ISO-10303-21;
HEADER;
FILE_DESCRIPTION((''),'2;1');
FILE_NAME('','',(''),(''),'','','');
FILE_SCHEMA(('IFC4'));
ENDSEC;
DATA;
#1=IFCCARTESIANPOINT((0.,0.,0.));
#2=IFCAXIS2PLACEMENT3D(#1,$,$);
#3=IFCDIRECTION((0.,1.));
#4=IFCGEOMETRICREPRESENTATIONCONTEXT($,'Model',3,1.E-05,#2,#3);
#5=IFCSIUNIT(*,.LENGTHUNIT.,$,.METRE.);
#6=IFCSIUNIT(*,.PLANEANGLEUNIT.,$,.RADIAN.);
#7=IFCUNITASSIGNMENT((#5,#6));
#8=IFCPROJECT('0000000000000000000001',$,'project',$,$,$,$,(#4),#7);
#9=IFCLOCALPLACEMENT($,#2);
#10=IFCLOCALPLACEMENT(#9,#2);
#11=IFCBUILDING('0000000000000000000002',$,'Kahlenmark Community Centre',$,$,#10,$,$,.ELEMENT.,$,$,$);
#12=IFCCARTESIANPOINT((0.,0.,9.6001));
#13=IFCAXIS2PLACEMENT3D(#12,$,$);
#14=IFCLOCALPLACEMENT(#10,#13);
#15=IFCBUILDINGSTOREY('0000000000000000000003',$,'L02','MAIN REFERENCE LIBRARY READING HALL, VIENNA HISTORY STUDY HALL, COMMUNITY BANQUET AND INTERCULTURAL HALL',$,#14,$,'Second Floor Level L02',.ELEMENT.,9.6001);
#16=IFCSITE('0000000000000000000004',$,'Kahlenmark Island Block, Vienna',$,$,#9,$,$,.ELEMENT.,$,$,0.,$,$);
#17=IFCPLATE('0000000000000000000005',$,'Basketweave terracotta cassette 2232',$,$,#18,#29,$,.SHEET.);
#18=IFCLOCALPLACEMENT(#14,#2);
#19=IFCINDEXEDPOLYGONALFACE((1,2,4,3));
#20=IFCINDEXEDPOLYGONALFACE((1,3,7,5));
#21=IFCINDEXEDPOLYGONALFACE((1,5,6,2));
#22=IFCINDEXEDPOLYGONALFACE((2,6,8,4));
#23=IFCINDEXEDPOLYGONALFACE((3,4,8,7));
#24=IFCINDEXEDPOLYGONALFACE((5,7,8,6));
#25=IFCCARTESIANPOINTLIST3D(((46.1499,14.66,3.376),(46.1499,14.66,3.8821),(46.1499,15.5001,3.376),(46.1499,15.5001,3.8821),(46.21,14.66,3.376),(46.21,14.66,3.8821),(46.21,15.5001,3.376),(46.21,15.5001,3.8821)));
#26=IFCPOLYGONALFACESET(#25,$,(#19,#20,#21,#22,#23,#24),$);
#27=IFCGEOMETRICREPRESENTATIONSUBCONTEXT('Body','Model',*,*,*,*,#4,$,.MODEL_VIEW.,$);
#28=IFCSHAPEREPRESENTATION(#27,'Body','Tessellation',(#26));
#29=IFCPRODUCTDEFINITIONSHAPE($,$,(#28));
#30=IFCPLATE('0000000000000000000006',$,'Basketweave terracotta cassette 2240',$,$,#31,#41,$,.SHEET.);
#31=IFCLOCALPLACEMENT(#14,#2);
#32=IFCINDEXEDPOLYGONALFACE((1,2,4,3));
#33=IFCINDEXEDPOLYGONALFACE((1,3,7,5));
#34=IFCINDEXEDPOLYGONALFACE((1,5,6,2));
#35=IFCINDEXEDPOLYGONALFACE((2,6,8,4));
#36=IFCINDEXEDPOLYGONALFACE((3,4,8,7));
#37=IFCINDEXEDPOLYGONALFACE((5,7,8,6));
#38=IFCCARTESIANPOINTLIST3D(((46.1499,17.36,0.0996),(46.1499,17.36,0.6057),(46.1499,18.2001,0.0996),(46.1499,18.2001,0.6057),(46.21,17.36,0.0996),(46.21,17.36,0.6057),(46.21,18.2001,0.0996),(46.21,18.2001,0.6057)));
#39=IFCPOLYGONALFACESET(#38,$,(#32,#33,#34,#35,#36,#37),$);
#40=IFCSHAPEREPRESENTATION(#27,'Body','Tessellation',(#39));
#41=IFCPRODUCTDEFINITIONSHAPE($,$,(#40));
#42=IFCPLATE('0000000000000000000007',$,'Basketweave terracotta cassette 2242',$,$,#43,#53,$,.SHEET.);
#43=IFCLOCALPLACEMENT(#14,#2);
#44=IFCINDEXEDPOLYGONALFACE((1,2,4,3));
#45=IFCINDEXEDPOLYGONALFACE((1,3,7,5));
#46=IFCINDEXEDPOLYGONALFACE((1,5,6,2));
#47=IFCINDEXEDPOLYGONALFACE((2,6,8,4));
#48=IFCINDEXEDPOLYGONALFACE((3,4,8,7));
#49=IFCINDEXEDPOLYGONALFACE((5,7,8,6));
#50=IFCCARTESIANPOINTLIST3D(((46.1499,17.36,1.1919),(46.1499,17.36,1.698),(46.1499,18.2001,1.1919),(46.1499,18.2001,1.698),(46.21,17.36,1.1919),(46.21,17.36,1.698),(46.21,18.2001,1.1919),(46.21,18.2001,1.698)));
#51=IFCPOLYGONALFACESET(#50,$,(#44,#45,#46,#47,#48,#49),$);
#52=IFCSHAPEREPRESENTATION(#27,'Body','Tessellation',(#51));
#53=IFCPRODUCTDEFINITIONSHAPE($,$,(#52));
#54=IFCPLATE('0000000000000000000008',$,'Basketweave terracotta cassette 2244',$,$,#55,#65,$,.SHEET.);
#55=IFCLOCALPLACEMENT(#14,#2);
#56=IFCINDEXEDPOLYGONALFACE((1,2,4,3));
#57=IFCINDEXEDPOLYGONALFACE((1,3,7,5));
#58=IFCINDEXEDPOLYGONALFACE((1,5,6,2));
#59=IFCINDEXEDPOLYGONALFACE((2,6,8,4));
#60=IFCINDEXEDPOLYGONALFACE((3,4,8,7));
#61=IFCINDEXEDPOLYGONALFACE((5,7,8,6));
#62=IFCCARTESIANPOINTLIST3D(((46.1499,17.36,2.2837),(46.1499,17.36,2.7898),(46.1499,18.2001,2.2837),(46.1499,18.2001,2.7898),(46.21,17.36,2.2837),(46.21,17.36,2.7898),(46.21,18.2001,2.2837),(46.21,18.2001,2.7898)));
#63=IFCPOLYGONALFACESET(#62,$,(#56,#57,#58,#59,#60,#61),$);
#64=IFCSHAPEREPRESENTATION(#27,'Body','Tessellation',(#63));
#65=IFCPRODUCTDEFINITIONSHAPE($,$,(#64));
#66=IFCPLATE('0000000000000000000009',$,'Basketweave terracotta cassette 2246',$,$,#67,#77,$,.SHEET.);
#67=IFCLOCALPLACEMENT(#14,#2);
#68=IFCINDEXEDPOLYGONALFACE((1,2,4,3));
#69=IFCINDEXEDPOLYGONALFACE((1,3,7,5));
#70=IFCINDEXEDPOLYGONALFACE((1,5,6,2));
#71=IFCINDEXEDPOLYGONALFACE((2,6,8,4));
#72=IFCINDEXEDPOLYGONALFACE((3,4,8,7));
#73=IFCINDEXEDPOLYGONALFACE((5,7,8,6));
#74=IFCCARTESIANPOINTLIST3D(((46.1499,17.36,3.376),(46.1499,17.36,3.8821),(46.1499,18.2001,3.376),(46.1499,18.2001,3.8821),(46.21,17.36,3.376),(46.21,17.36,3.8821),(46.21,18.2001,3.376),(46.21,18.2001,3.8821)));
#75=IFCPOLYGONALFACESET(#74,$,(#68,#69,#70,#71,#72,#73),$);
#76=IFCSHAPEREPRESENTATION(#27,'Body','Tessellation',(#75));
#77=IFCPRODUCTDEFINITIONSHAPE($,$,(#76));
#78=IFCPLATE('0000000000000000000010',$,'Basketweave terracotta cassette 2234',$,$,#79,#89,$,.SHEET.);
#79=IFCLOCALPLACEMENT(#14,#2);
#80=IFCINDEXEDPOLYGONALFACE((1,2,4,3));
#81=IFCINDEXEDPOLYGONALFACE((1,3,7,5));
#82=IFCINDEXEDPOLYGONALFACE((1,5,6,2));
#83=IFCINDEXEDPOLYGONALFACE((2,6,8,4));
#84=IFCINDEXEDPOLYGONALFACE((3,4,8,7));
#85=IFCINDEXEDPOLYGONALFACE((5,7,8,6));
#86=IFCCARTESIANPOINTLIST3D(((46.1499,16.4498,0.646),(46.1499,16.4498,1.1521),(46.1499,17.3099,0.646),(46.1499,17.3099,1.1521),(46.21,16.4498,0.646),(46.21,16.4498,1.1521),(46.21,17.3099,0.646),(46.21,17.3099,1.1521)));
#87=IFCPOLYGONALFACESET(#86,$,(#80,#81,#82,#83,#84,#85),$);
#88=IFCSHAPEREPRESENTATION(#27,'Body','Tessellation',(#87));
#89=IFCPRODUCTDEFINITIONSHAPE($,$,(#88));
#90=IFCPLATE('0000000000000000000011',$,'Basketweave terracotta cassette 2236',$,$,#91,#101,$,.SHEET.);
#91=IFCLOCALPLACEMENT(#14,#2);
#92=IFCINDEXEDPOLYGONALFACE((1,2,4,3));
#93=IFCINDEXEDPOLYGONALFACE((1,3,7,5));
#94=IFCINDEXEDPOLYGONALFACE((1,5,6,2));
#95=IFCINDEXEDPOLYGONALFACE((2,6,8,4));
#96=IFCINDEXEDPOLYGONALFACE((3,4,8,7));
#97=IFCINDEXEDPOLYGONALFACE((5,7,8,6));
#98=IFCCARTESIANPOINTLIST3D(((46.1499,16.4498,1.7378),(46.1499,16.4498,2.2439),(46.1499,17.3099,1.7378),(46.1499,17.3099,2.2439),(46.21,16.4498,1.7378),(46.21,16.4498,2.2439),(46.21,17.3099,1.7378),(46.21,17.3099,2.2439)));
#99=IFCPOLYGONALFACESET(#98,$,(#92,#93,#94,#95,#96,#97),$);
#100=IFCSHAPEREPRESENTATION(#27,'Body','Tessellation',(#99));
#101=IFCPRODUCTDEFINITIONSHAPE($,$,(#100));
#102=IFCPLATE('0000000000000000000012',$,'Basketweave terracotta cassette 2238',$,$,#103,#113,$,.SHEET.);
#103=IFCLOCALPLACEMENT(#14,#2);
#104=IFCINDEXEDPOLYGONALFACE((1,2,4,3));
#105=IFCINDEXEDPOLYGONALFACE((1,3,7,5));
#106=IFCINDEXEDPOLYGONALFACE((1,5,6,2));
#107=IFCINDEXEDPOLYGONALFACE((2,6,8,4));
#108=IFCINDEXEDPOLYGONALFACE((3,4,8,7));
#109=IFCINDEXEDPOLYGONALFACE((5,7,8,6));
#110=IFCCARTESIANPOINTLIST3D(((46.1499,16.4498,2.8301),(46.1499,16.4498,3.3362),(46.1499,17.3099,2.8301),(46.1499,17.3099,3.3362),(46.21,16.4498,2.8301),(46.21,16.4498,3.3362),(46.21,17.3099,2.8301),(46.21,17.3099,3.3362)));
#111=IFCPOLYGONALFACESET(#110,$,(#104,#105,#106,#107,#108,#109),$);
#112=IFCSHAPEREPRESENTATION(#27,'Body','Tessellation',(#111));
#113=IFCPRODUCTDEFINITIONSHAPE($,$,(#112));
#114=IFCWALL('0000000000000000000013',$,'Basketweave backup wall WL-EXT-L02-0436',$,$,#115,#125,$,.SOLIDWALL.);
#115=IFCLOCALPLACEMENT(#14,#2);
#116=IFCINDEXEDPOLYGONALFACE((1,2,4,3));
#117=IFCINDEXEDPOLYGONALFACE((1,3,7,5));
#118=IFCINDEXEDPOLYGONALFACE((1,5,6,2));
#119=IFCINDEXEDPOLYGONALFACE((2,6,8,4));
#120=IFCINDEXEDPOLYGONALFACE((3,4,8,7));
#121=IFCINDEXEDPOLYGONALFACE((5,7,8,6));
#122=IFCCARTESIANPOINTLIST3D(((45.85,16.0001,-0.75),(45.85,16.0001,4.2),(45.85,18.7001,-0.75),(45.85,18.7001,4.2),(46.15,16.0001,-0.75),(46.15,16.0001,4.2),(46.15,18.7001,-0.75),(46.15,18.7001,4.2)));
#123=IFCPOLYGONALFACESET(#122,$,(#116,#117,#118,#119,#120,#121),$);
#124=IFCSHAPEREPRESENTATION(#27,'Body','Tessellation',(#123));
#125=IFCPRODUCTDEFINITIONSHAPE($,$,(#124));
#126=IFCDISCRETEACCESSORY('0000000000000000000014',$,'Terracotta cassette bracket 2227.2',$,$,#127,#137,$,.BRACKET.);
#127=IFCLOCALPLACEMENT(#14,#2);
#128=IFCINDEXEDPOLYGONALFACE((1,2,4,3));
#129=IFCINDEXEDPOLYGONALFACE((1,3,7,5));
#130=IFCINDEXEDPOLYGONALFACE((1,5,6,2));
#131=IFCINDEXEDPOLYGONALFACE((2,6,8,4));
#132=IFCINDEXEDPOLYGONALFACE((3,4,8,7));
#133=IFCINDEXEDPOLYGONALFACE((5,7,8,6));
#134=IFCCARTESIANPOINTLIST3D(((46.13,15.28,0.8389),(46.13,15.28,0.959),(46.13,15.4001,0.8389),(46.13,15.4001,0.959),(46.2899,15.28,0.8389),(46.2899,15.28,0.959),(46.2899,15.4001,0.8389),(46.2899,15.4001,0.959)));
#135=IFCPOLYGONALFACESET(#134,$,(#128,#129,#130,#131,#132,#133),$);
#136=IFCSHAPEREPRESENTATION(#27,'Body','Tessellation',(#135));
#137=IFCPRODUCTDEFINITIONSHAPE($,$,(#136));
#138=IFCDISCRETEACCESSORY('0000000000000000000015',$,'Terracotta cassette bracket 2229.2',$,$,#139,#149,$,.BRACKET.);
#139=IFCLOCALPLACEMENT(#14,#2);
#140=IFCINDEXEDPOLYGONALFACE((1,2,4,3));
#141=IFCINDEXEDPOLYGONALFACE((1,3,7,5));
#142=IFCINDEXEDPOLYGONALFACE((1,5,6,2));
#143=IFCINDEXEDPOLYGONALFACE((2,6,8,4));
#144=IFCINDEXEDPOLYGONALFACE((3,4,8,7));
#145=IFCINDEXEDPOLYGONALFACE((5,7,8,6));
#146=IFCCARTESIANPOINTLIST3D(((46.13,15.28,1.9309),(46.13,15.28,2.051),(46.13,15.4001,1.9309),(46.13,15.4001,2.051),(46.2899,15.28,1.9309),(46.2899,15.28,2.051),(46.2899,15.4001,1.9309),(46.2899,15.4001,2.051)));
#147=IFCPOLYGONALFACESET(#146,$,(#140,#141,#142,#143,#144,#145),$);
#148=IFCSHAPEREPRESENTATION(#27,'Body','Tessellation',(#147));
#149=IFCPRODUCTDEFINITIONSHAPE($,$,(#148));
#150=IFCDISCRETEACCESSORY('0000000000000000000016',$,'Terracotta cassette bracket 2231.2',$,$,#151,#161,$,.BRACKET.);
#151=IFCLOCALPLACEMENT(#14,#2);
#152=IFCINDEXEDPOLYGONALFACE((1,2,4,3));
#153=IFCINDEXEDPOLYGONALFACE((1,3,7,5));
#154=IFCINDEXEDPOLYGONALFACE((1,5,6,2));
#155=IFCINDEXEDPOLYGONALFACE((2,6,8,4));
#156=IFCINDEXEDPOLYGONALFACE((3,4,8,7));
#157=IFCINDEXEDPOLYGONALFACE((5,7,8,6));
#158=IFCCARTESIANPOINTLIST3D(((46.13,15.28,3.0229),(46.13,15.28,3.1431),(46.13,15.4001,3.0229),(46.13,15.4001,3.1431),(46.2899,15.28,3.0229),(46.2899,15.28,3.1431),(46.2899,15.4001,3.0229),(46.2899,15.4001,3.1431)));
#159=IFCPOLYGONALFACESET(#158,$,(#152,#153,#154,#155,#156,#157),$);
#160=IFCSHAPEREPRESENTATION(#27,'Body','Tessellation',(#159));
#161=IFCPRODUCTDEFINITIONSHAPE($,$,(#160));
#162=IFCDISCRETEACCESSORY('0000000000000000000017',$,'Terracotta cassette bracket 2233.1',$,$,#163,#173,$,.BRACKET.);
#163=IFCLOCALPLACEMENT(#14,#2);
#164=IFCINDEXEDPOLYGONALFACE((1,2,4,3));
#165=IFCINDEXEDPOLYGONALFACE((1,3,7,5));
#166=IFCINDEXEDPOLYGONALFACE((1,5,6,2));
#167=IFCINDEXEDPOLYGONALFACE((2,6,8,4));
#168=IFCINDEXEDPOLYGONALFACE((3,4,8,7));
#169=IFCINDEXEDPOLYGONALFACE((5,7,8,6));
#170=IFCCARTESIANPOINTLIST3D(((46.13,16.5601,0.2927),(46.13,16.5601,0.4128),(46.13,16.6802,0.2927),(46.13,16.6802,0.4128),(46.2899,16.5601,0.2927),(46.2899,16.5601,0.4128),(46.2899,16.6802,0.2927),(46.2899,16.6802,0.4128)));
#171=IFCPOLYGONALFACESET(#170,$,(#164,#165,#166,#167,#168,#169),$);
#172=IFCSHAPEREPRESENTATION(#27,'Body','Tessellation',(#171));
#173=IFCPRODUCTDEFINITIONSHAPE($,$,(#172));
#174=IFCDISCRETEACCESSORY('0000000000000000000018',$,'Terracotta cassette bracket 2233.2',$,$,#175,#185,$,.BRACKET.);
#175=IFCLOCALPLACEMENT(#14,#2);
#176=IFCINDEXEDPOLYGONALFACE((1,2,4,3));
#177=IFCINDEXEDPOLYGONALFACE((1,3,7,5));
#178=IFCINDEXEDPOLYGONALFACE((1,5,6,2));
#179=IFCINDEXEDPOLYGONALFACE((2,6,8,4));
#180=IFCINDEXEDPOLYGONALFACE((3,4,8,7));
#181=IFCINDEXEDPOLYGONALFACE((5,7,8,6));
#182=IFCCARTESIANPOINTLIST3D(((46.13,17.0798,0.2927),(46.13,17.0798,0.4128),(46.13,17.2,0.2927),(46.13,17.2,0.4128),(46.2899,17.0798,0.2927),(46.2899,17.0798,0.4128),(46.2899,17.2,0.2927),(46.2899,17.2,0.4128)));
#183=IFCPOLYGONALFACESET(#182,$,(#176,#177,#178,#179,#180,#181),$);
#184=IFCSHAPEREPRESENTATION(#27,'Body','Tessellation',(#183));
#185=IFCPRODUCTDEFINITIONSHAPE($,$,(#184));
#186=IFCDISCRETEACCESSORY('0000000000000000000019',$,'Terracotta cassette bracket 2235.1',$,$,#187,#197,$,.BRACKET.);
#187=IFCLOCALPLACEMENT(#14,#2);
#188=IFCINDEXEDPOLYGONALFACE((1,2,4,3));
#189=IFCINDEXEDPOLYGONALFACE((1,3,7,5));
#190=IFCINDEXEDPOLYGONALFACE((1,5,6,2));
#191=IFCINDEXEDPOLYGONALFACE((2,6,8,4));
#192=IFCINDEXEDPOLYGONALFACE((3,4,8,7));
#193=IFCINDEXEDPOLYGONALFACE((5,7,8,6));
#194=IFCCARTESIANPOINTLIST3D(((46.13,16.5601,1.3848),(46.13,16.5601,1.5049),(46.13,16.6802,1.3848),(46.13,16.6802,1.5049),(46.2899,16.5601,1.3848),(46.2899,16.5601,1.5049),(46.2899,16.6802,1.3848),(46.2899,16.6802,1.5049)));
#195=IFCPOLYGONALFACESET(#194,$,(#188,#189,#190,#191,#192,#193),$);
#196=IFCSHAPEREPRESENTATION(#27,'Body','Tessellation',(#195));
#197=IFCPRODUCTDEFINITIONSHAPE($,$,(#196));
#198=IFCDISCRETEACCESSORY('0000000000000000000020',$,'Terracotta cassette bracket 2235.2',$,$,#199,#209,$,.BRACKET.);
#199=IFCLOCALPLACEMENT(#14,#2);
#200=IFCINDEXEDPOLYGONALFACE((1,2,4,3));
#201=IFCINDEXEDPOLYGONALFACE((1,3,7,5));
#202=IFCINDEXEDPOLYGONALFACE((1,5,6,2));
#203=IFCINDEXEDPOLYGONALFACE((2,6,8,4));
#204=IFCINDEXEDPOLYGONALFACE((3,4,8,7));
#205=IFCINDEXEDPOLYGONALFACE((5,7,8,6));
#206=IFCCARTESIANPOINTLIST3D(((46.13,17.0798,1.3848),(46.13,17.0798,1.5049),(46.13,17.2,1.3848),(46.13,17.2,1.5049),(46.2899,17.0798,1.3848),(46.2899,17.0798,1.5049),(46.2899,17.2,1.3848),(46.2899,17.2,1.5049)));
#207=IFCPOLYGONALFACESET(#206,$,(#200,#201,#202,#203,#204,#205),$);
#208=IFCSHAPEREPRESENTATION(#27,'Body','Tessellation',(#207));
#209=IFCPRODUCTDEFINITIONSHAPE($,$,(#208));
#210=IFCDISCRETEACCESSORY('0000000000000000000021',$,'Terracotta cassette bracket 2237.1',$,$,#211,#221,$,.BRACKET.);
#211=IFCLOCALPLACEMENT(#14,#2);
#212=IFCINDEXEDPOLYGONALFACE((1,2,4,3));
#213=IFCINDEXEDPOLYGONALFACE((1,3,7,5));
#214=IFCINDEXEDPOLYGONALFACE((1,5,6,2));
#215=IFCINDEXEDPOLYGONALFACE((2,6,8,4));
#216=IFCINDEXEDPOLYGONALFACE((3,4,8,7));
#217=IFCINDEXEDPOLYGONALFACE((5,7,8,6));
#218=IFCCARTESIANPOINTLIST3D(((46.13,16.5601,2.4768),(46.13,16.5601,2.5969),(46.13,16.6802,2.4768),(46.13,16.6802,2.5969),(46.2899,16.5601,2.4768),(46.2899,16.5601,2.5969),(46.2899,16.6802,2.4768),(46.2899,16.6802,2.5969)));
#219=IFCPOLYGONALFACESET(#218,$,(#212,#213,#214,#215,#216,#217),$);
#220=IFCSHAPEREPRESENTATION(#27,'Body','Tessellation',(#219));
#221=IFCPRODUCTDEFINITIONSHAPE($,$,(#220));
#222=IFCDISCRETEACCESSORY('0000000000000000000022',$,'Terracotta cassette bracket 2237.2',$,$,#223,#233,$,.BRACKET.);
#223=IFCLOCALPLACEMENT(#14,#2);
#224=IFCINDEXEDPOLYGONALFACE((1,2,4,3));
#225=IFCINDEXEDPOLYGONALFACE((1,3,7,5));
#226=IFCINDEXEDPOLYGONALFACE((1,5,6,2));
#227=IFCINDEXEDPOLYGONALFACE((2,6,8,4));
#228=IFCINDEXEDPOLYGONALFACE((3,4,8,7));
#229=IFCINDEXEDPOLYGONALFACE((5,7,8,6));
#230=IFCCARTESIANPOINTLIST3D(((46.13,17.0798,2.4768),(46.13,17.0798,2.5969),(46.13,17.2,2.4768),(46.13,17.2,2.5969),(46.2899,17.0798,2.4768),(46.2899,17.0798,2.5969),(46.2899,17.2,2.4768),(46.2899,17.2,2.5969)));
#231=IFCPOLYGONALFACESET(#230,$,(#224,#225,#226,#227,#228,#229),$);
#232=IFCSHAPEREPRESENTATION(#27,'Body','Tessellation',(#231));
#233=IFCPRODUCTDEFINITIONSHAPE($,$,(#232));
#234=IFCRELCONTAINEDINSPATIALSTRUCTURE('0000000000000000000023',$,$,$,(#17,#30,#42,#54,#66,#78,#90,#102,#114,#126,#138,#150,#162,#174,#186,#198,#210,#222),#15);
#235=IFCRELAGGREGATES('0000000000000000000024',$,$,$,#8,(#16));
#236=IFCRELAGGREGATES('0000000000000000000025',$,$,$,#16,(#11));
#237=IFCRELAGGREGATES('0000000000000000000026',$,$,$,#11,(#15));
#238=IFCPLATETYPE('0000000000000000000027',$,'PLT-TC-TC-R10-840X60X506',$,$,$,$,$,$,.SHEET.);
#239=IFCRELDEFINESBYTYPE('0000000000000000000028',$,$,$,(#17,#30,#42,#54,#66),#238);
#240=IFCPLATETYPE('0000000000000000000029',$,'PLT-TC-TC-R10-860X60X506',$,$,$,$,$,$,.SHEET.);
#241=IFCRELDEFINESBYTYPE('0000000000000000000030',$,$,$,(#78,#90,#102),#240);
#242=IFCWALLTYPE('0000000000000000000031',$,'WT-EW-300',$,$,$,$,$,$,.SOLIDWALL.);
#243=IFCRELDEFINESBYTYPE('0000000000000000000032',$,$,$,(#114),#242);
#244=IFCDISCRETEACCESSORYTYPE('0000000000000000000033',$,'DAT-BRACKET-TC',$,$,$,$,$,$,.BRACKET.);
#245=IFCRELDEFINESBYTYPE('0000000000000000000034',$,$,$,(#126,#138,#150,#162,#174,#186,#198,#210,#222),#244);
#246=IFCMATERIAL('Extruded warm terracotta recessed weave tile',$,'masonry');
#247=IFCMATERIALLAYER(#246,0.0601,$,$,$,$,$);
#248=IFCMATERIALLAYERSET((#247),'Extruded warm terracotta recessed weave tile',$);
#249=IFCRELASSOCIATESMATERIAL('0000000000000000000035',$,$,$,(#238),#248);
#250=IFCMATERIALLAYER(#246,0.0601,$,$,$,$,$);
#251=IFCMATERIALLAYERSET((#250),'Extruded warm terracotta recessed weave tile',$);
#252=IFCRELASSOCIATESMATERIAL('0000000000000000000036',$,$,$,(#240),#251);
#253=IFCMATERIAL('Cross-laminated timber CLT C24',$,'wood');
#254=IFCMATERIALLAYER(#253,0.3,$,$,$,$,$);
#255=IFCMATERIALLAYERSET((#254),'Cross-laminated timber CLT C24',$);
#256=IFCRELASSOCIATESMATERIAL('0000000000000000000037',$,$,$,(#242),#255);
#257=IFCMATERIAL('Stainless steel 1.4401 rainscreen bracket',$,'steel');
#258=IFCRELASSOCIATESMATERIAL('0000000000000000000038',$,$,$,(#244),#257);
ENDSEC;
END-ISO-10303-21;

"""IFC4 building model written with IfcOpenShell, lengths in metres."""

from ifc_helpers import new_model, si_unit, direction, frame, frame_2d, origin, origin_2d, place, context, subcontext, project, spatial, rectangle, extrude, material, layer, layer_set, type_object, element, save


model = new_model("IFC4")

# Units and contexts
model_context = context("Model", 3, precision=1e-05, world=origin(), true_north=direction((0.0, 1.0)))
body_context = subcontext(model_context, "Body", "Model", "MODEL_VIEW")
ifc_project = project(units=[si_unit("LENGTHUNIT", "METRE"), si_unit("PLANEANGLEUNIT", "RADIAN")], contexts=[model_context])

# Site, building, storey
site_placement = place(None, origin())
site = spatial("IfcSite", under=ifc_project, at=site_placement, Name="Kahlenmark Island Block, Vienna", CompositionType="ELEMENT", RefElevation=0.0)
building_placement = place(site_placement, origin())
building = spatial("IfcBuilding", under=site, at=building_placement, Name="Kahlenmark Community Centre", CompositionType="ELEMENT")
storey_placement = place(building_placement, frame((0.0, 0.0, 9.6001)))
storey = spatial("IfcBuildingStorey", under=building, at=storey_placement, Name="L02", Description="MAIN REFERENCE LIBRARY READING HALL, VIENNA HISTORY STUDY HALL, COMMUNITY BANQUET AND INTERCULTURAL HALL", LongName="Second Floor Level L02", CompositionType="ELEMENT", Elevation=9.6001)

# Plates
ifc_material_1 = material(Name="Extruded warm terracotta recessed weave tile", Category="masonry")
ifc_layer_1 = layer(ifc_material_1, 0.0601)
ifc_layer_set_1 = layer_set([ifc_layer_1], Name="Extruded warm terracotta recessed weave tile")
plate_type_1 = type_object("IfcPlateType", Name="PLT-TC-TC-R10-840X60X506", PredefinedType="SHEET", material=ifc_layer_set_1)
for number, where, z_axis, x_axis, name in (
    (1, (46.1799, 15.0801, 3.376), (0.0, 0.0, 1.0), (0.0, 1.0, 0.0), "Basketweave terracotta cassette 2232"),
    (2, (46.1799, 17.78, 0.0996), (0.0, 0.0, 1.0), (0.0, 1.0, 0.0), "Basketweave terracotta cassette 2240"),
    (3, (46.1799, 17.78, 1.1919), (0.0, 0.0, 1.0), (0.0, 1.0, 0.0), "Basketweave terracotta cassette 2242"),
    (4, (46.1799, 17.78, 2.2837), (0.0, 0.0, 1.0), (0.0, 1.0, 0.0), "Basketweave terracotta cassette 2244"),
    (5, (46.1799, 17.78, 3.376), (0.0, 0.0, 1.0), (0.0, 1.0, 0.0), "Basketweave terracotta cassette 2246"),
):
    element("IfcPlate", number, at=place(storey_placement, frame(where, z_axis=z_axis, x_axis=x_axis)), inside=storey, type_object=plate_type_1, Name=name, PredefinedType="SHEET", context=body_context, shape_type="SweptSolid", body=[
        extrude(rectangle(XDim=0.8401, YDim=0.0601, at=origin_2d()), origin(), (0.0, 0.0, 1.0), 0.5061),
    ])
ifc_layer_2 = layer(ifc_material_1, 0.0601)
ifc_layer_set_2 = layer_set([ifc_layer_2], Name="Extruded warm terracotta recessed weave tile")
plate_type_2 = type_object("IfcPlateType", Name="PLT-TC-TC-R10-860X60X506", PredefinedType="SHEET", material=ifc_layer_set_2)
for number, where, z_axis, x_axis, name in (
    (6, (46.1799, 16.8799, 0.646), (0.0, 0.0, 1.0), (0.0, 1.0, 0.0), "Basketweave terracotta cassette 2234"),
    (7, (46.1799, 16.8799, 1.7378), (0.0, 0.0, 1.0), (0.0, 1.0, 0.0), "Basketweave terracotta cassette 2236"),
    (8, (46.1799, 16.8799, 2.8301), (0.0, 0.0, 1.0), (0.0, 1.0, 0.0), "Basketweave terracotta cassette 2238"),
):
    element("IfcPlate", number, at=place(storey_placement, frame(where, z_axis=z_axis, x_axis=x_axis)), inside=storey, type_object=plate_type_2, Name=name, PredefinedType="SHEET", context=body_context, shape_type="SweptSolid", body=[
        extrude(rectangle(XDim=0.8601, YDim=0.0601, at=origin_2d()), origin(), (0.0, 0.0, 1.0), 0.5061),
    ])

# Wall
ifc_material_2 = material(Name="Cross-laminated timber CLT C24", Category="wood")
ifc_layer_3 = layer(ifc_material_2, 0.3)
ifc_layer_set_3 = layer_set([ifc_layer_3], Name="Cross-laminated timber CLT C24")
wall_type = type_object("IfcWallType", Name="WT-EW-300", PredefinedType="SOLIDWALL", material=ifc_layer_set_3)
wall_placement = place(storey_placement, frame((46.0, 16.0, -0.75), z_axis=(0.0, 0.0, 1.0), x_axis=(0.0, 1.0, 0.0)))
element("IfcWall", 9, at=wall_placement, inside=storey, type_object=wall_type, Name="Basketweave backup wall WL-EXT-L02-0436", PredefinedType="SOLIDWALL", context=body_context, shape_type="SweptSolid", body=[
    extrude(rectangle(XDim=2.7, YDim=0.3, at=frame_2d((1.3501, 0.0))), origin(), (0.0, 0.0, 1.0), 4.95),
])

# Discrete accessories
ifc_material_3 = material(Name="Stainless steel 1.4401 rainscreen bracket", Category="steel")
discrete_accessory_type = type_object("IfcDiscreteAccessoryType", Name="DAT-BRACKET-TC", PredefinedType="BRACKET", material=ifc_material_3)
for number, where, z_axis, x_axis, name in (
    (10, (46.21, 15.3401, 0.8389), (0.0, 0.0, 1.0), (0.0, 1.0, 0.0), "Terracotta cassette bracket 2227.2"),
    (11, (46.21, 15.3401, 1.9309), (0.0, 0.0, 1.0), (0.0, 1.0, 0.0), "Terracotta cassette bracket 2229.2"),
    (12, (46.21, 15.3401, 3.0229), (0.0, 0.0, 1.0), (0.0, 1.0, 0.0), "Terracotta cassette bracket 2231.2"),
    (13, (46.21, 16.6201, 0.2927), (0.0, 0.0, 1.0), (0.0, 1.0, 0.0), "Terracotta cassette bracket 2233.1"),
    (14, (46.21, 17.1399, 0.2927), (0.0, 0.0, 1.0), (0.0, 1.0, 0.0), "Terracotta cassette bracket 2233.2"),
    (15, (46.21, 16.6201, 1.3848), (0.0, 0.0, 1.0), (0.0, 1.0, 0.0), "Terracotta cassette bracket 2235.1"),
    (16, (46.21, 17.1399, 1.3848), (0.0, 0.0, 1.0), (0.0, 1.0, 0.0), "Terracotta cassette bracket 2235.2"),
    (17, (46.21, 16.6201, 2.4768), (0.0, 0.0, 1.0), (0.0, 1.0, 0.0), "Terracotta cassette bracket 2237.1"),
    (18, (46.21, 17.1399, 2.4768), (0.0, 0.0, 1.0), (0.0, 1.0, 0.0), "Terracotta cassette bracket 2237.2"),
):
    element("IfcDiscreteAccessory", number, at=place(storey_placement, frame(where, z_axis=z_axis, x_axis=x_axis)), inside=storey, type_object=discrete_accessory_type, Name=name, PredefinedType="BRACKET", context=body_context, shape_type="SweptSolid", body=[
        extrude(rectangle(XDim=0.1201, YDim=0.1599, at=origin_2d()), origin(), (0.0, 0.0, 1.0), 0.1201),
    ])

save(model, "model.ifc")
